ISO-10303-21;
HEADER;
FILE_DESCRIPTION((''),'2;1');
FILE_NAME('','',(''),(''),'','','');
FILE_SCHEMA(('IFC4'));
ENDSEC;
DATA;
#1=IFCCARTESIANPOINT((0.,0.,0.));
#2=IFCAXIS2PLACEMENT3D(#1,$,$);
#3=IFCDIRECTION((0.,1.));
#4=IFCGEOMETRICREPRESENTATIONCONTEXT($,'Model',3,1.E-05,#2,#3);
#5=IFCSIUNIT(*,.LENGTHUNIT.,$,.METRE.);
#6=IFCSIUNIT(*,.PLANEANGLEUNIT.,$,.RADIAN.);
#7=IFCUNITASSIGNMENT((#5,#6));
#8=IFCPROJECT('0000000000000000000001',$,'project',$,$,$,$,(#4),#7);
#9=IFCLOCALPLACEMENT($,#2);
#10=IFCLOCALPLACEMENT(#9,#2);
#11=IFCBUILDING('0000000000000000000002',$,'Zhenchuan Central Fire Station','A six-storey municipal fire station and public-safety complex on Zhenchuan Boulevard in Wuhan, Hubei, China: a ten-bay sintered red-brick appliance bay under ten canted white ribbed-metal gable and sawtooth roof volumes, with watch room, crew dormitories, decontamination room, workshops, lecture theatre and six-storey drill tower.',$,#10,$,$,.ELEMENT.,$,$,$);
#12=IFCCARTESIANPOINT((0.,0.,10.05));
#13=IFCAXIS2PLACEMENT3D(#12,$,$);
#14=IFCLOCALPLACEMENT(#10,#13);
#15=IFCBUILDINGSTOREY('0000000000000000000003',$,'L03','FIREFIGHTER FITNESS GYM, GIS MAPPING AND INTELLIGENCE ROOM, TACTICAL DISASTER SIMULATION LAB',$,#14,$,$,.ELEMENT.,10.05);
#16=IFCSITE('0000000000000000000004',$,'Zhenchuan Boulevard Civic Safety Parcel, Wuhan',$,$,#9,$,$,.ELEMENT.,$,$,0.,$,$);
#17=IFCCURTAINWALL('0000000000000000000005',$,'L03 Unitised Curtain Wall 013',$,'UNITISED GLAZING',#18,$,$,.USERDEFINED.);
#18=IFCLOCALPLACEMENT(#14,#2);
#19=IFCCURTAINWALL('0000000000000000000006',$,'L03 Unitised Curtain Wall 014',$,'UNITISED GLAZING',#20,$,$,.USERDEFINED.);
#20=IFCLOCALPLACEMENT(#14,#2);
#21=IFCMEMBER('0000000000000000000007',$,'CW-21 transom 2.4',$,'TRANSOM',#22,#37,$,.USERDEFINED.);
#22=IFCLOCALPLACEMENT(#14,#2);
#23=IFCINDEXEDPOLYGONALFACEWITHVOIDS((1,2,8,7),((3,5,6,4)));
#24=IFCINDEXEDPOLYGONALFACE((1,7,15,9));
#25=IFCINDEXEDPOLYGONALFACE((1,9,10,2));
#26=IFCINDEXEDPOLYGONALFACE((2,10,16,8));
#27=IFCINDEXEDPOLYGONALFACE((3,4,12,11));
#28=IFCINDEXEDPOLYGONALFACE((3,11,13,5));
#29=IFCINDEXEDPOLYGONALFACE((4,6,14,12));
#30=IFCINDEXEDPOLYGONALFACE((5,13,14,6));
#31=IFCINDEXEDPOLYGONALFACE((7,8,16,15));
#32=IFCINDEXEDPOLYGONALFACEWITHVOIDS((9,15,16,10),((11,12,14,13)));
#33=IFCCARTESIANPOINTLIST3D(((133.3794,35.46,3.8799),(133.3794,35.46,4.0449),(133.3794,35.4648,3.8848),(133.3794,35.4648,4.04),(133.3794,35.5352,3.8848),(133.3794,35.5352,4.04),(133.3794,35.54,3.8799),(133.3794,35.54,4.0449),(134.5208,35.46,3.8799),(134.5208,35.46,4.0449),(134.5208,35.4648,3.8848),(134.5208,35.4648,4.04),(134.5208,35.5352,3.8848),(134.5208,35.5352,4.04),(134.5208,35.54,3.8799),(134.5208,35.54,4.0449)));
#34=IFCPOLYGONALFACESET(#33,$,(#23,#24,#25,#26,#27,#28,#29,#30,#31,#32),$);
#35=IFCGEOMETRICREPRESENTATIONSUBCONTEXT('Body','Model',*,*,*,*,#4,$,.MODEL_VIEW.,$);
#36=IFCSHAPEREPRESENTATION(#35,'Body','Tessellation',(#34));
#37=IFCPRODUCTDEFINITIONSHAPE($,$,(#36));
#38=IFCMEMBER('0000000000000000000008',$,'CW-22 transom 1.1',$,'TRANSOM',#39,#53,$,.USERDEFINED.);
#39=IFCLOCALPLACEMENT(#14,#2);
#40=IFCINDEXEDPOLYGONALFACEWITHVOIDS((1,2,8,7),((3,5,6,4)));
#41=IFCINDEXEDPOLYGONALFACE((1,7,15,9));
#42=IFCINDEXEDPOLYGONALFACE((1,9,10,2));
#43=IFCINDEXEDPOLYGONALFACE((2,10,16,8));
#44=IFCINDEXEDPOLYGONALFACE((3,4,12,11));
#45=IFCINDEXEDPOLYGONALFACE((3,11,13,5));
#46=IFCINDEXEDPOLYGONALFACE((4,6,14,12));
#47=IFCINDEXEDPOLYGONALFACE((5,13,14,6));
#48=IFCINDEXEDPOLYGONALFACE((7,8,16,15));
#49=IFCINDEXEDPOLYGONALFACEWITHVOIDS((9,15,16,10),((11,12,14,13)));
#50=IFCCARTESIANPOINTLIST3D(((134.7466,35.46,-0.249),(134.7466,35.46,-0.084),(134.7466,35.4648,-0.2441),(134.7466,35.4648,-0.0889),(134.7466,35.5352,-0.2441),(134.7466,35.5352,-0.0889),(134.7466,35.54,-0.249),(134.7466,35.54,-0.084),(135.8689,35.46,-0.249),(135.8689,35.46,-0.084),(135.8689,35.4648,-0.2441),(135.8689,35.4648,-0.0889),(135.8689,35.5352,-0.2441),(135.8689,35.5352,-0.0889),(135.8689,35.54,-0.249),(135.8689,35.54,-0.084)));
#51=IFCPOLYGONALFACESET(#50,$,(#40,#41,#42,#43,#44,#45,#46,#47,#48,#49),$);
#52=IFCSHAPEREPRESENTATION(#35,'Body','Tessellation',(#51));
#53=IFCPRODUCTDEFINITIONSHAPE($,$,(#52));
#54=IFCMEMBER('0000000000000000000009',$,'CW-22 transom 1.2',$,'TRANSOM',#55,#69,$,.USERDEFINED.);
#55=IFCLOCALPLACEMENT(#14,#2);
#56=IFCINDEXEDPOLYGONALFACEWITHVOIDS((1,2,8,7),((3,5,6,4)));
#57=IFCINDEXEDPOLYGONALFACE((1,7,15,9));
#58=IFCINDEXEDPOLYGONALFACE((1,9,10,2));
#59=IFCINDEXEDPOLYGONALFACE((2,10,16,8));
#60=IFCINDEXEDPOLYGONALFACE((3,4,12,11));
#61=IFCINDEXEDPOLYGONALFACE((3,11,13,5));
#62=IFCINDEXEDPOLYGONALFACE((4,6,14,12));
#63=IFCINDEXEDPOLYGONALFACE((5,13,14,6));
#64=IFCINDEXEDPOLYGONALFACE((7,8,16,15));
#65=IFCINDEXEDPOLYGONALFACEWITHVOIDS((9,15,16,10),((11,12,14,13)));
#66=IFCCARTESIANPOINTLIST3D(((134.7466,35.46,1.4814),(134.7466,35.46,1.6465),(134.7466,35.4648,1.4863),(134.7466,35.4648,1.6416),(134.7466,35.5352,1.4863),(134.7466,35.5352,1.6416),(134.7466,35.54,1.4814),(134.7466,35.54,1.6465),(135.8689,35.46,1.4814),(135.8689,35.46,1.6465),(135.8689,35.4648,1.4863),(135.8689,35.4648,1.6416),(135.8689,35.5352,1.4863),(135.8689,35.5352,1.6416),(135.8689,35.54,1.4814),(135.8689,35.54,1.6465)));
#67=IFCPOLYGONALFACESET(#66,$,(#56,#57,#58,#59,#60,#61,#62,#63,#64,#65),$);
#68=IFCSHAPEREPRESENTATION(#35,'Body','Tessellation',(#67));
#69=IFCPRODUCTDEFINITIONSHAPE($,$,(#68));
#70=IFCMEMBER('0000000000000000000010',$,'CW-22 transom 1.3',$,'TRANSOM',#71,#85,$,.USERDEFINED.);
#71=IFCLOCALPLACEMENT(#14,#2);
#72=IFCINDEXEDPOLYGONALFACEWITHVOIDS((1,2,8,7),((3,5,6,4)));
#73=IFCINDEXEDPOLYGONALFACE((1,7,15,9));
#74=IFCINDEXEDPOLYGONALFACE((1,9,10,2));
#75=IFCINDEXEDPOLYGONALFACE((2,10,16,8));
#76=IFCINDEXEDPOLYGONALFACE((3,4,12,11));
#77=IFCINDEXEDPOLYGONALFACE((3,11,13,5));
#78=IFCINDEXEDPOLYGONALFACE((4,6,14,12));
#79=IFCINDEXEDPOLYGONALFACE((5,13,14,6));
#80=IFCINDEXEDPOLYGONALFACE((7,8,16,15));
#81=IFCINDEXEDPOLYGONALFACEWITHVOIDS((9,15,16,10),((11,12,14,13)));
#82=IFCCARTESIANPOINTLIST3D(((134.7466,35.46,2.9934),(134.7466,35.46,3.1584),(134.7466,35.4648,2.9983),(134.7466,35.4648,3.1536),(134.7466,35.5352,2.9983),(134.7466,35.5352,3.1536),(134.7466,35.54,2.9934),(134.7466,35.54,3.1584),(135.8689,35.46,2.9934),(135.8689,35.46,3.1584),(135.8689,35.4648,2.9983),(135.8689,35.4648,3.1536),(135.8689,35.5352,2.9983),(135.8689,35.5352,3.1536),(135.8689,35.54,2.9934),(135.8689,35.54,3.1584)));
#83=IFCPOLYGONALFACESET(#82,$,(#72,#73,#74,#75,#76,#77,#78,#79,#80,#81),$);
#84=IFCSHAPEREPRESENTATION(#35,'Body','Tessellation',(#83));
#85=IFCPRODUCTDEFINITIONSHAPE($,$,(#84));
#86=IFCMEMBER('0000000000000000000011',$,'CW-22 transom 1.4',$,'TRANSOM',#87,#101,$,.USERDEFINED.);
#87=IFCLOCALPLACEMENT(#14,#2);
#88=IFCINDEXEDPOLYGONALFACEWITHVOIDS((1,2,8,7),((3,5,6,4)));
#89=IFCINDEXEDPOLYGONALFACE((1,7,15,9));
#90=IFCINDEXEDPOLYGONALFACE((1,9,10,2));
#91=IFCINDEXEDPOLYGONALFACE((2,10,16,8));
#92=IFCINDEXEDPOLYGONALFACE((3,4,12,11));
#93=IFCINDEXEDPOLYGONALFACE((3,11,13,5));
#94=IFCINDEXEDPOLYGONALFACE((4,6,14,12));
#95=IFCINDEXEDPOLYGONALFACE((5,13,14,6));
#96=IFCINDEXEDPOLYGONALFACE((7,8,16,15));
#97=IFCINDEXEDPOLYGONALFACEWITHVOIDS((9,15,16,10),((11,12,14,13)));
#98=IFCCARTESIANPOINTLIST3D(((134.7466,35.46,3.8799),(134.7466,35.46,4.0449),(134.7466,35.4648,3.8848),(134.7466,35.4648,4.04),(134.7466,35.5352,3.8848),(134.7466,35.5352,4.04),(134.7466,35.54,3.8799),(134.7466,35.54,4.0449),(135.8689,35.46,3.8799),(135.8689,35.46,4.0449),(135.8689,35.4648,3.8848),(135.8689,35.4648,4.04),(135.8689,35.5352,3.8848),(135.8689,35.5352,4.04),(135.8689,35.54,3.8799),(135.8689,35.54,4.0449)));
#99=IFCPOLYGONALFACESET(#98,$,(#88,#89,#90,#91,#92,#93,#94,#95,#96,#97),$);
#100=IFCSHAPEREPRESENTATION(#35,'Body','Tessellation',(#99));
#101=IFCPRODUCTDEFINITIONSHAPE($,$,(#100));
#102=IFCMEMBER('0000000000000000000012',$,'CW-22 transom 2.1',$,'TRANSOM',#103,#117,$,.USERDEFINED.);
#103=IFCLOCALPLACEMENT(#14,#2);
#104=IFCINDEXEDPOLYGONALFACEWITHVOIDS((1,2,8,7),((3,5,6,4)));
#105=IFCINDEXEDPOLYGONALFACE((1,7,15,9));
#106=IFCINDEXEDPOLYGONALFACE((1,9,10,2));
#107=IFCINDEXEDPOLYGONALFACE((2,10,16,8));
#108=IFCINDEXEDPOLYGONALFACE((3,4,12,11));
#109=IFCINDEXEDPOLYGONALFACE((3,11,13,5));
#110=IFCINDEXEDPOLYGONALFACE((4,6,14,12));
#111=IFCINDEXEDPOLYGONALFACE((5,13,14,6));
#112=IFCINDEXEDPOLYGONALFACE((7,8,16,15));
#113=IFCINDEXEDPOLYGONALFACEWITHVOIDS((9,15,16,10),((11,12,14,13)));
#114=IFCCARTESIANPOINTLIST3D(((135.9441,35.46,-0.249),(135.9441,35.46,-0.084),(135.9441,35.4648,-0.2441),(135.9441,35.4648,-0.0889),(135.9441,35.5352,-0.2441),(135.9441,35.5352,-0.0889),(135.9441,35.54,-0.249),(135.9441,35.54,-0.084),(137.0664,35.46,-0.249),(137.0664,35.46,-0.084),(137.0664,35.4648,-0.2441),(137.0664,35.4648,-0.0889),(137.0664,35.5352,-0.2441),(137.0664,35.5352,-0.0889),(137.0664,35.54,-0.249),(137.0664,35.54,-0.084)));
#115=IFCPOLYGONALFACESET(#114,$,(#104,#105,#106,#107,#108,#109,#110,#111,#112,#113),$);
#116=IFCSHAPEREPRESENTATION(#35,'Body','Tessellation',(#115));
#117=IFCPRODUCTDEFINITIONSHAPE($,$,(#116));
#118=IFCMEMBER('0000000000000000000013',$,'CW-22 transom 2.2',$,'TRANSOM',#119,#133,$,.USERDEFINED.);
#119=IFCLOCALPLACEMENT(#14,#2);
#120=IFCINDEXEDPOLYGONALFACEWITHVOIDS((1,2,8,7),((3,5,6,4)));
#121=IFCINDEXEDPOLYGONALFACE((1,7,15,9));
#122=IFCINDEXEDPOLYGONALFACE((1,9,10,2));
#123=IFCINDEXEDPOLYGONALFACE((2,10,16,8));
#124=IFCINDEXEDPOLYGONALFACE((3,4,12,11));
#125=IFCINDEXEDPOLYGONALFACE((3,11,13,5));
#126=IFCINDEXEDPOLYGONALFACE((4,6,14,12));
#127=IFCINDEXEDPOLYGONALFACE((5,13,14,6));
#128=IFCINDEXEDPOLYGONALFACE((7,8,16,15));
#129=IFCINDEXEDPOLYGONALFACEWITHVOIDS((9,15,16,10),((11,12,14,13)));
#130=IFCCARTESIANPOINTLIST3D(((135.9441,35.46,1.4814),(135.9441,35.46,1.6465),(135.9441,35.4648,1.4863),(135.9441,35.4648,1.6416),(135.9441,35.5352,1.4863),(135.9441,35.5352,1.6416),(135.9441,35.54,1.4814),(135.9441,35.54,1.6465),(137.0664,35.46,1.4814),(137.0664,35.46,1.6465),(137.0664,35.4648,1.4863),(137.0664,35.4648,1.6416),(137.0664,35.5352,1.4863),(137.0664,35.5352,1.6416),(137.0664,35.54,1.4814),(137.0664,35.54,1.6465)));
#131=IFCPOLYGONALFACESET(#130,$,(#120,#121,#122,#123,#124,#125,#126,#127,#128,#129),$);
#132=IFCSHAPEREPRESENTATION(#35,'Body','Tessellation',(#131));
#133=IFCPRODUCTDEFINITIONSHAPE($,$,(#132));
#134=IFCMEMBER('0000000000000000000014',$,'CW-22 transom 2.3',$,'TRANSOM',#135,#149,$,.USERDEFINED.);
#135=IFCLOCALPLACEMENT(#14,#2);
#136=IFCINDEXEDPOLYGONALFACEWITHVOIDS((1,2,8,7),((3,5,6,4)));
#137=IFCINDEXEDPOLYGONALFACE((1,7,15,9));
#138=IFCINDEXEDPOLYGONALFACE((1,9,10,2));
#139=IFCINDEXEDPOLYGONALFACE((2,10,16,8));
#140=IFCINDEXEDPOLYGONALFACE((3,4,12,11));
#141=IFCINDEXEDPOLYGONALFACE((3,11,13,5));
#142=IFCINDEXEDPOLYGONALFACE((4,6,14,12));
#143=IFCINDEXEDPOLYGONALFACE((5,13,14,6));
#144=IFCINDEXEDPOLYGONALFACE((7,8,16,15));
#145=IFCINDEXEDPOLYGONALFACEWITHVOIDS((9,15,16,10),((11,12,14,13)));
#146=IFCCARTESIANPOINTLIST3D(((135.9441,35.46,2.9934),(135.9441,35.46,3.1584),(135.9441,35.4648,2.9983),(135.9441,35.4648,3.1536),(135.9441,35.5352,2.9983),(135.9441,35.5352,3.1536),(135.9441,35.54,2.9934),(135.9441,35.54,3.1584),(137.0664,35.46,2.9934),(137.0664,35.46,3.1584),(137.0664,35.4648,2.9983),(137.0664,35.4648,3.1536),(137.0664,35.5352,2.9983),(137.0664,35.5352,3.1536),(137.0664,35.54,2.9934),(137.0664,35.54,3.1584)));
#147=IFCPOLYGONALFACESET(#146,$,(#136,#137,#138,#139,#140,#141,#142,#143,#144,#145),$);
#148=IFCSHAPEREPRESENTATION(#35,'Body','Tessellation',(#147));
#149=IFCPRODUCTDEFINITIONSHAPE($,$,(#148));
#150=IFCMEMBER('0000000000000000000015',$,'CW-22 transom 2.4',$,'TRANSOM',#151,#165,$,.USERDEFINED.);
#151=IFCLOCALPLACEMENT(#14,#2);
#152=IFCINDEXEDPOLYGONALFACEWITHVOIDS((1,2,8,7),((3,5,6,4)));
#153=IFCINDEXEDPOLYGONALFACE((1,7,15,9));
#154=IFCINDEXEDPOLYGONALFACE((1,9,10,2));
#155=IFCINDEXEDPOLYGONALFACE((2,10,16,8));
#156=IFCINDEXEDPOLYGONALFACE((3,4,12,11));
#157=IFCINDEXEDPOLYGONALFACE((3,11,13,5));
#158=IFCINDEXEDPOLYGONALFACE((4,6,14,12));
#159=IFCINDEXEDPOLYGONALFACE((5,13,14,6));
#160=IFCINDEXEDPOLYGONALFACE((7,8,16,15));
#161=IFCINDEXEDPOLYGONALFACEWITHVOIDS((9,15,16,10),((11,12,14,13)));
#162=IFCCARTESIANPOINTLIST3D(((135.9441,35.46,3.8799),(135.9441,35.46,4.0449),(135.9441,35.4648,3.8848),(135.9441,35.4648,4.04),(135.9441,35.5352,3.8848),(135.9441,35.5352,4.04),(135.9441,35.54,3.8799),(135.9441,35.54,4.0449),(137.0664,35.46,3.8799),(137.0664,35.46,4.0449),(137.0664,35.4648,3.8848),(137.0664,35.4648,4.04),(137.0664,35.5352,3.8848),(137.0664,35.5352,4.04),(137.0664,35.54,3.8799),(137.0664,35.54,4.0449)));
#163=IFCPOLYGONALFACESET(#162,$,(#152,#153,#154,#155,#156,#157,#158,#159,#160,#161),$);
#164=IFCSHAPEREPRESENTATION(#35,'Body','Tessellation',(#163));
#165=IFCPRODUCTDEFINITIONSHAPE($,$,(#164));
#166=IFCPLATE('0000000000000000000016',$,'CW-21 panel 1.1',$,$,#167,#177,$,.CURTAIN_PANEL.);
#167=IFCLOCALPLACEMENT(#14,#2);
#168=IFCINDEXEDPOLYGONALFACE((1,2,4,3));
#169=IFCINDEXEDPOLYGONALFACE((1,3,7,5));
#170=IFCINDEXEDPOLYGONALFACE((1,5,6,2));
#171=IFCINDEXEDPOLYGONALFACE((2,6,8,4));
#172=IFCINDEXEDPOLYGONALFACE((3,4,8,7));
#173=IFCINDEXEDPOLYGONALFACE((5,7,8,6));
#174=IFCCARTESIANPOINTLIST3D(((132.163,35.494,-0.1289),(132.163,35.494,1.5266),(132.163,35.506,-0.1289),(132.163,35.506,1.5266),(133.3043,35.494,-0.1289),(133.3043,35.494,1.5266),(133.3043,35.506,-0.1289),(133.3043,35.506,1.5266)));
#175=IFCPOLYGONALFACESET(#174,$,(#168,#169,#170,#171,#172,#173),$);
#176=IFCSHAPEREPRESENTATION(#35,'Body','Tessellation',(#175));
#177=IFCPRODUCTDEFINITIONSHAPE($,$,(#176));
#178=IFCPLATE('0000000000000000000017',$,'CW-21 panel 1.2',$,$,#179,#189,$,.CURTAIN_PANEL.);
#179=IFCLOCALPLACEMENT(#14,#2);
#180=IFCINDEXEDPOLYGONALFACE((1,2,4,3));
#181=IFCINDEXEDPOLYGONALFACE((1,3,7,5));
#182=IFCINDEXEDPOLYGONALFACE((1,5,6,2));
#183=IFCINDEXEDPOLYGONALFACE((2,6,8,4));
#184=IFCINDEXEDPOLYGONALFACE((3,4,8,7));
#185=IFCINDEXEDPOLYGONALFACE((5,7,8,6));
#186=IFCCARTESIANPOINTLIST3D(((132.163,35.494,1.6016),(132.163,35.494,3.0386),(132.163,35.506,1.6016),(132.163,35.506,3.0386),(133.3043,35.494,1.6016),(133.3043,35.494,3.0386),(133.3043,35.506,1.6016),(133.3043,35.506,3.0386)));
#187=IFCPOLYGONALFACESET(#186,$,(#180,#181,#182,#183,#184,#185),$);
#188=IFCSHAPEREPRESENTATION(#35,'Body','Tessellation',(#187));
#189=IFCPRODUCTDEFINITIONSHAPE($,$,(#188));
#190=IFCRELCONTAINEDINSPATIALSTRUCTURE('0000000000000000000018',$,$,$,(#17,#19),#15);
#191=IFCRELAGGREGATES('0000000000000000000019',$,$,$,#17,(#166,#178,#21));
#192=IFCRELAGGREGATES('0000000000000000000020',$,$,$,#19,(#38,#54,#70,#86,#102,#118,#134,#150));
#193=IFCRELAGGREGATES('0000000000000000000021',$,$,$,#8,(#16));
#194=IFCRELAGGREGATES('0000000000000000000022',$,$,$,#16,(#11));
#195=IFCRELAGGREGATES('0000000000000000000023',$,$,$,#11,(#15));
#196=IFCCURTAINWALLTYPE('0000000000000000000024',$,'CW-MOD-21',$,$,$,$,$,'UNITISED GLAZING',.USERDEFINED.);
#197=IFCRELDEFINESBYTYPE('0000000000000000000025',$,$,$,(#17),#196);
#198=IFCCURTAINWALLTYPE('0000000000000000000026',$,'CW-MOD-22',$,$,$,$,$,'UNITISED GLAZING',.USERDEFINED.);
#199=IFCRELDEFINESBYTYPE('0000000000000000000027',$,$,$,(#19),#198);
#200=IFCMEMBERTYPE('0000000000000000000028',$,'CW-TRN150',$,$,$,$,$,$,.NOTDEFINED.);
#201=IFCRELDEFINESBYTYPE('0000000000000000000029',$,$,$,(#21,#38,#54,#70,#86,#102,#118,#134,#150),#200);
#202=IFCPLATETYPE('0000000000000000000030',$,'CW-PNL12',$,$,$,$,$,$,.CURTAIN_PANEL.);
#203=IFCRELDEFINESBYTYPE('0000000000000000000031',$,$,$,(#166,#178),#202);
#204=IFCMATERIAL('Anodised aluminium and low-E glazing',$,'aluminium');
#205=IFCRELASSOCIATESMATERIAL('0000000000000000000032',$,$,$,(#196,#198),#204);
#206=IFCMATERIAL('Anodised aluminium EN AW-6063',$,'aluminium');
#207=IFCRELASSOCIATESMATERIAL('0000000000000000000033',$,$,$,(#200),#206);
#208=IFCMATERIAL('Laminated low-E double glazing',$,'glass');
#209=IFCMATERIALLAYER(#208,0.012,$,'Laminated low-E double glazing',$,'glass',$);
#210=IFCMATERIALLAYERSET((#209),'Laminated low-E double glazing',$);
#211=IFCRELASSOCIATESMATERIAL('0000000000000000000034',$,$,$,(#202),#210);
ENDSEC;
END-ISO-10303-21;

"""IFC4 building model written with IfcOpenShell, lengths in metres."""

from ifc_helpers import new_model, si_unit, direction, frame, origin, origin_2d, place, context, subcontext, project, spatial, rectangle, hollow_rectangle, extrude, material, layer, layer_set, material_profile, profile_set, type_object, element, aggregate, save


model = new_model("IFC4")

# Units and contexts
model_context = context("Model", 3, precision=1e-05, world=origin(), true_north=direction((0.0, 1.0)))
body_context = subcontext(model_context, "Body", "Model", "MODEL_VIEW")
ifc_project = project(units=[si_unit("LENGTHUNIT", "METRE"), si_unit("PLANEANGLEUNIT", "RADIAN")], contexts=[model_context])

# Site, building, storey
site_placement = place(None, origin())
site = spatial("IfcSite", under=ifc_project, at=site_placement, Name="Zhenchuan Boulevard Civic Safety Parcel, Wuhan", CompositionType="ELEMENT", RefElevation=0.0)
building_placement = place(site_placement, origin())
building = spatial("IfcBuilding", under=site, at=building_placement, Name="Zhenchuan Central Fire Station", Description="A six-storey municipal fire station and public-safety complex on Zhenchuan Boulevard in Wuhan, Hubei, China: a ten-bay sintered red-brick appliance bay under ten canted white ribbed-metal gable and sawtooth roof volumes, with watch room, crew dormitories, decontamination room, workshops, lecture theatre and six-storey drill tower.", CompositionType="ELEMENT")
storey_placement = place(building_placement, frame((0.0, 0.0, 10.05)))
storey = spatial("IfcBuildingStorey", under=building, at=storey_placement, Name="L03", Description="FIREFIGHTER FITNESS GYM, GIS MAPPING AND INTELLIGENCE ROOM, TACTICAL DISASTER SIMULATION LAB", CompositionType="ELEMENT", Elevation=10.05)

# Shared definitions
ifc_material_1 = material(Name="Anodised aluminium and low-E glazing", Category="aluminium")
ifc_material_2 = material(Name="Anodised aluminium EN AW-6063", Category="aluminium")

# Curtain walls
curtain_wall_type_1 = type_object("IfcCurtainWallType", Name="CW-MOD-21", ElementType="UNITISED GLAZING", PredefinedType="USERDEFINED", material=ifc_material_1)
curtain_wall_1_placement = place(storey_placement, origin())
curtain_wall_1 = element("IfcCurtainWall", 1, at=curtain_wall_1_placement, inside=storey, type_object=curtain_wall_type_1, Name="L03 Unitised Curtain Wall 013", ObjectType="UNITISED GLAZING", PredefinedType="USERDEFINED")
curtain_wall_type_2 = type_object("IfcCurtainWallType", Name="CW-MOD-22", ElementType="UNITISED GLAZING", PredefinedType="USERDEFINED", material=ifc_material_1)
curtain_wall_2_placement = place(storey_placement, origin())
curtain_wall_2 = element("IfcCurtainWall", 2, at=curtain_wall_2_placement, inside=storey, type_object=curtain_wall_type_2, Name="L03 Unitised Curtain Wall 014", ObjectType="UNITISED GLAZING", PredefinedType="USERDEFINED")

# Members
ifc_material_profile_1 = material_profile(ifc_material_2, hollow_rectangle(XDim=0.0801, YDim=0.165, WallThickness=0.0049, at=origin_2d()), Name="ALU-T 165x80")
ifc_profile_set_1 = profile_set([ifc_material_profile_1], Name="Anodised aluminium EN AW-6063")
member_type_1 = type_object("IfcMemberType", Name="CW-TRN150", PredefinedType="NOTDEFINED", material=ifc_profile_set_1)
member_1_placement = place(storey_placement, frame((133.3794, 35.5, 3.9624), z_axis=(1.0, 0.0, 0.0), x_axis=(0.0, 1.0, 0.0)))
member_1 = element("IfcMember", 3, at=member_1_placement, type_object=member_type_1, Name="CW-21 transom 2.4", ObjectType="TRANSOM", PredefinedType="USERDEFINED", context=body_context, shape_type="SweptSolid", body=[
    extrude(hollow_rectangle(XDim=0.0801, YDim=0.165, WallThickness=0.0049, at=origin_2d()), origin(), (0.0, 0.0, 1.0), 1.1414),
])
member_2_placement = place(storey_placement, frame((134.7466, 35.5, -0.1665), z_axis=(1.0, 0.0, 0.0), x_axis=(0.0, 1.0, 0.0)))
member_2 = element("IfcMember", 4, at=member_2_placement, type_object=member_type_1, Name="CW-22 transom 1.1", ObjectType="TRANSOM", PredefinedType="USERDEFINED", context=body_context, shape_type="SweptSolid", body=[
    extrude(hollow_rectangle(XDim=0.0801, YDim=0.165, WallThickness=0.0049, at=origin_2d()), origin(), (0.0, 0.0, 1.0), 1.1223),
])
member_3_placement = place(storey_placement, frame((134.7466, 35.5, 1.564), z_axis=(1.0, 0.0, 0.0), x_axis=(0.0, 1.0, 0.0)))
member_3 = element("IfcMember", 5, at=member_3_placement, type_object=member_type_1, Name="CW-22 transom 1.2", ObjectType="TRANSOM", PredefinedType="USERDEFINED", context=body_context, shape_type="SweptSolid", body=[
    extrude(hollow_rectangle(XDim=0.0801, YDim=0.165, WallThickness=0.0049, at=origin_2d()), origin(), (0.0, 0.0, 1.0), 1.1223),
])
member_4_placement = place(storey_placement, frame((134.7466, 35.5, 3.0759), z_axis=(1.0, 0.0, 0.0), x_axis=(0.0, 1.0, 0.0)))
member_4 = element("IfcMember", 6, at=member_4_placement, type_object=member_type_1, Name="CW-22 transom 1.3", ObjectType="TRANSOM", PredefinedType="USERDEFINED", context=body_context, shape_type="SweptSolid", body=[
    extrude(hollow_rectangle(XDim=0.0801, YDim=0.165, WallThickness=0.0049, at=origin_2d()), origin(), (0.0, 0.0, 1.0), 1.1223),
])
member_5_placement = place(storey_placement, frame((134.7466, 35.5, 3.9624), z_axis=(1.0, 0.0, 0.0), x_axis=(0.0, 1.0, 0.0)))
member_5 = element("IfcMember", 7, at=member_5_placement, type_object=member_type_1, Name="CW-22 transom 1.4", ObjectType="TRANSOM", PredefinedType="USERDEFINED", context=body_context, shape_type="SweptSolid", body=[
    extrude(hollow_rectangle(XDim=0.0801, YDim=0.165, WallThickness=0.0049, at=origin_2d()), origin(), (0.0, 0.0, 1.0), 1.1223),
])
member_6_placement = place(storey_placement, frame((135.9441, 35.5, -0.1665), z_axis=(1.0, 0.0, 0.0), x_axis=(0.0, 1.0, 0.0)))
member_6 = element("IfcMember", 8, at=member_6_placement, type_object=member_type_1, Name="CW-22 transom 2.1", ObjectType="TRANSOM", PredefinedType="USERDEFINED", context=body_context, shape_type="SweptSolid", body=[
    extrude(hollow_rectangle(XDim=0.0801, YDim=0.165, WallThickness=0.0049, at=origin_2d()), origin(), (0.0, 0.0, 1.0), 1.1223),
])
member_7_placement = place(storey_placement, frame((135.9441, 35.5, 1.564), z_axis=(1.0, 0.0, 0.0), x_axis=(0.0, 1.0, 0.0)))
member_7 = element("IfcMember", 9, at=member_7_placement, type_object=member_type_1, Name="CW-22 transom 2.2", ObjectType="TRANSOM", PredefinedType="USERDEFINED", context=body_context, shape_type="SweptSolid", body=[
    extrude(hollow_rectangle(XDim=0.0801, YDim=0.165, WallThickness=0.0049, at=origin_2d()), origin(), (0.0, 0.0, 1.0), 1.1223),
])
member_8_placement = place(storey_placement, frame((135.9441, 35.5, 3.0759), z_axis=(1.0, 0.0, 0.0), x_axis=(0.0, 1.0, 0.0)))
member_8 = element("IfcMember", 10, at=member_8_placement, type_object=member_type_1, Name="CW-22 transom 2.3", ObjectType="TRANSOM", PredefinedType="USERDEFINED", context=body_context, shape_type="SweptSolid", body=[
    extrude(hollow_rectangle(XDim=0.0801, YDim=0.165, WallThickness=0.0049, at=origin_2d()), origin(), (0.0, 0.0, 1.0), 1.1223),
])
member_9_placement = place(storey_placement, frame((135.9441, 35.5, 3.9624), z_axis=(1.0, 0.0, 0.0), x_axis=(0.0, 1.0, 0.0)))
member_9 = element("IfcMember", 11, at=member_9_placement, type_object=member_type_1, Name="CW-22 transom 2.4", ObjectType="TRANSOM", PredefinedType="USERDEFINED", context=body_context, shape_type="SweptSolid", body=[
    extrude(hollow_rectangle(XDim=0.0801, YDim=0.165, WallThickness=0.0049, at=origin_2d()), origin(), (0.0, 0.0, 1.0), 1.1223),
])

# Plates
ifc_material_3 = material(Name="Laminated low-E double glazing", Category="glass")
ifc_layer = layer(ifc_material_3, 0.012, Name="Laminated low-E double glazing", Category="glass")
ifc_layer_set = layer_set([ifc_layer], Name="Laminated low-E double glazing")
plate_type = type_object("IfcPlateType", Name="CW-PNL12", PredefinedType="CURTAIN_PANEL", material=ifc_layer_set)
plate_1_placement = place(storey_placement, frame((132.7336, 35.5, -0.1289), z_axis=(0.0, 0.0, 1.0), x_axis=(1.0, 0.0, 0.0)))
plate_1 = element("IfcPlate", 12, at=plate_1_placement, type_object=plate_type, Name="CW-21 panel 1.1", PredefinedType="CURTAIN_PANEL", context=body_context, shape_type="SweptSolid", body=[
    extrude(rectangle(XDim=1.1414, YDim=0.012, at=origin_2d()), origin(), (0.0, 0.0, 1.0), 1.6555),
])
plate_2_placement = place(storey_placement, frame((132.7336, 35.5, 1.6016), z_axis=(0.0, 0.0, 1.0), x_axis=(1.0, 0.0, 0.0)))
plate_2 = element("IfcPlate", 13, at=plate_2_placement, type_object=plate_type, Name="CW-21 panel 1.2", PredefinedType="CURTAIN_PANEL", context=body_context, shape_type="SweptSolid", body=[
    extrude(rectangle(XDim=1.1414, YDim=0.012, at=origin_2d()), origin(), (0.0, 0.0, 1.0), 1.437),
])
aggregate(curtain_wall_1, [plate_1, plate_2, member_1])
aggregate(curtain_wall_2, [member_2, member_3, member_4, member_5, member_6, member_7, member_8, member_9])

save(model, "model.ifc")
